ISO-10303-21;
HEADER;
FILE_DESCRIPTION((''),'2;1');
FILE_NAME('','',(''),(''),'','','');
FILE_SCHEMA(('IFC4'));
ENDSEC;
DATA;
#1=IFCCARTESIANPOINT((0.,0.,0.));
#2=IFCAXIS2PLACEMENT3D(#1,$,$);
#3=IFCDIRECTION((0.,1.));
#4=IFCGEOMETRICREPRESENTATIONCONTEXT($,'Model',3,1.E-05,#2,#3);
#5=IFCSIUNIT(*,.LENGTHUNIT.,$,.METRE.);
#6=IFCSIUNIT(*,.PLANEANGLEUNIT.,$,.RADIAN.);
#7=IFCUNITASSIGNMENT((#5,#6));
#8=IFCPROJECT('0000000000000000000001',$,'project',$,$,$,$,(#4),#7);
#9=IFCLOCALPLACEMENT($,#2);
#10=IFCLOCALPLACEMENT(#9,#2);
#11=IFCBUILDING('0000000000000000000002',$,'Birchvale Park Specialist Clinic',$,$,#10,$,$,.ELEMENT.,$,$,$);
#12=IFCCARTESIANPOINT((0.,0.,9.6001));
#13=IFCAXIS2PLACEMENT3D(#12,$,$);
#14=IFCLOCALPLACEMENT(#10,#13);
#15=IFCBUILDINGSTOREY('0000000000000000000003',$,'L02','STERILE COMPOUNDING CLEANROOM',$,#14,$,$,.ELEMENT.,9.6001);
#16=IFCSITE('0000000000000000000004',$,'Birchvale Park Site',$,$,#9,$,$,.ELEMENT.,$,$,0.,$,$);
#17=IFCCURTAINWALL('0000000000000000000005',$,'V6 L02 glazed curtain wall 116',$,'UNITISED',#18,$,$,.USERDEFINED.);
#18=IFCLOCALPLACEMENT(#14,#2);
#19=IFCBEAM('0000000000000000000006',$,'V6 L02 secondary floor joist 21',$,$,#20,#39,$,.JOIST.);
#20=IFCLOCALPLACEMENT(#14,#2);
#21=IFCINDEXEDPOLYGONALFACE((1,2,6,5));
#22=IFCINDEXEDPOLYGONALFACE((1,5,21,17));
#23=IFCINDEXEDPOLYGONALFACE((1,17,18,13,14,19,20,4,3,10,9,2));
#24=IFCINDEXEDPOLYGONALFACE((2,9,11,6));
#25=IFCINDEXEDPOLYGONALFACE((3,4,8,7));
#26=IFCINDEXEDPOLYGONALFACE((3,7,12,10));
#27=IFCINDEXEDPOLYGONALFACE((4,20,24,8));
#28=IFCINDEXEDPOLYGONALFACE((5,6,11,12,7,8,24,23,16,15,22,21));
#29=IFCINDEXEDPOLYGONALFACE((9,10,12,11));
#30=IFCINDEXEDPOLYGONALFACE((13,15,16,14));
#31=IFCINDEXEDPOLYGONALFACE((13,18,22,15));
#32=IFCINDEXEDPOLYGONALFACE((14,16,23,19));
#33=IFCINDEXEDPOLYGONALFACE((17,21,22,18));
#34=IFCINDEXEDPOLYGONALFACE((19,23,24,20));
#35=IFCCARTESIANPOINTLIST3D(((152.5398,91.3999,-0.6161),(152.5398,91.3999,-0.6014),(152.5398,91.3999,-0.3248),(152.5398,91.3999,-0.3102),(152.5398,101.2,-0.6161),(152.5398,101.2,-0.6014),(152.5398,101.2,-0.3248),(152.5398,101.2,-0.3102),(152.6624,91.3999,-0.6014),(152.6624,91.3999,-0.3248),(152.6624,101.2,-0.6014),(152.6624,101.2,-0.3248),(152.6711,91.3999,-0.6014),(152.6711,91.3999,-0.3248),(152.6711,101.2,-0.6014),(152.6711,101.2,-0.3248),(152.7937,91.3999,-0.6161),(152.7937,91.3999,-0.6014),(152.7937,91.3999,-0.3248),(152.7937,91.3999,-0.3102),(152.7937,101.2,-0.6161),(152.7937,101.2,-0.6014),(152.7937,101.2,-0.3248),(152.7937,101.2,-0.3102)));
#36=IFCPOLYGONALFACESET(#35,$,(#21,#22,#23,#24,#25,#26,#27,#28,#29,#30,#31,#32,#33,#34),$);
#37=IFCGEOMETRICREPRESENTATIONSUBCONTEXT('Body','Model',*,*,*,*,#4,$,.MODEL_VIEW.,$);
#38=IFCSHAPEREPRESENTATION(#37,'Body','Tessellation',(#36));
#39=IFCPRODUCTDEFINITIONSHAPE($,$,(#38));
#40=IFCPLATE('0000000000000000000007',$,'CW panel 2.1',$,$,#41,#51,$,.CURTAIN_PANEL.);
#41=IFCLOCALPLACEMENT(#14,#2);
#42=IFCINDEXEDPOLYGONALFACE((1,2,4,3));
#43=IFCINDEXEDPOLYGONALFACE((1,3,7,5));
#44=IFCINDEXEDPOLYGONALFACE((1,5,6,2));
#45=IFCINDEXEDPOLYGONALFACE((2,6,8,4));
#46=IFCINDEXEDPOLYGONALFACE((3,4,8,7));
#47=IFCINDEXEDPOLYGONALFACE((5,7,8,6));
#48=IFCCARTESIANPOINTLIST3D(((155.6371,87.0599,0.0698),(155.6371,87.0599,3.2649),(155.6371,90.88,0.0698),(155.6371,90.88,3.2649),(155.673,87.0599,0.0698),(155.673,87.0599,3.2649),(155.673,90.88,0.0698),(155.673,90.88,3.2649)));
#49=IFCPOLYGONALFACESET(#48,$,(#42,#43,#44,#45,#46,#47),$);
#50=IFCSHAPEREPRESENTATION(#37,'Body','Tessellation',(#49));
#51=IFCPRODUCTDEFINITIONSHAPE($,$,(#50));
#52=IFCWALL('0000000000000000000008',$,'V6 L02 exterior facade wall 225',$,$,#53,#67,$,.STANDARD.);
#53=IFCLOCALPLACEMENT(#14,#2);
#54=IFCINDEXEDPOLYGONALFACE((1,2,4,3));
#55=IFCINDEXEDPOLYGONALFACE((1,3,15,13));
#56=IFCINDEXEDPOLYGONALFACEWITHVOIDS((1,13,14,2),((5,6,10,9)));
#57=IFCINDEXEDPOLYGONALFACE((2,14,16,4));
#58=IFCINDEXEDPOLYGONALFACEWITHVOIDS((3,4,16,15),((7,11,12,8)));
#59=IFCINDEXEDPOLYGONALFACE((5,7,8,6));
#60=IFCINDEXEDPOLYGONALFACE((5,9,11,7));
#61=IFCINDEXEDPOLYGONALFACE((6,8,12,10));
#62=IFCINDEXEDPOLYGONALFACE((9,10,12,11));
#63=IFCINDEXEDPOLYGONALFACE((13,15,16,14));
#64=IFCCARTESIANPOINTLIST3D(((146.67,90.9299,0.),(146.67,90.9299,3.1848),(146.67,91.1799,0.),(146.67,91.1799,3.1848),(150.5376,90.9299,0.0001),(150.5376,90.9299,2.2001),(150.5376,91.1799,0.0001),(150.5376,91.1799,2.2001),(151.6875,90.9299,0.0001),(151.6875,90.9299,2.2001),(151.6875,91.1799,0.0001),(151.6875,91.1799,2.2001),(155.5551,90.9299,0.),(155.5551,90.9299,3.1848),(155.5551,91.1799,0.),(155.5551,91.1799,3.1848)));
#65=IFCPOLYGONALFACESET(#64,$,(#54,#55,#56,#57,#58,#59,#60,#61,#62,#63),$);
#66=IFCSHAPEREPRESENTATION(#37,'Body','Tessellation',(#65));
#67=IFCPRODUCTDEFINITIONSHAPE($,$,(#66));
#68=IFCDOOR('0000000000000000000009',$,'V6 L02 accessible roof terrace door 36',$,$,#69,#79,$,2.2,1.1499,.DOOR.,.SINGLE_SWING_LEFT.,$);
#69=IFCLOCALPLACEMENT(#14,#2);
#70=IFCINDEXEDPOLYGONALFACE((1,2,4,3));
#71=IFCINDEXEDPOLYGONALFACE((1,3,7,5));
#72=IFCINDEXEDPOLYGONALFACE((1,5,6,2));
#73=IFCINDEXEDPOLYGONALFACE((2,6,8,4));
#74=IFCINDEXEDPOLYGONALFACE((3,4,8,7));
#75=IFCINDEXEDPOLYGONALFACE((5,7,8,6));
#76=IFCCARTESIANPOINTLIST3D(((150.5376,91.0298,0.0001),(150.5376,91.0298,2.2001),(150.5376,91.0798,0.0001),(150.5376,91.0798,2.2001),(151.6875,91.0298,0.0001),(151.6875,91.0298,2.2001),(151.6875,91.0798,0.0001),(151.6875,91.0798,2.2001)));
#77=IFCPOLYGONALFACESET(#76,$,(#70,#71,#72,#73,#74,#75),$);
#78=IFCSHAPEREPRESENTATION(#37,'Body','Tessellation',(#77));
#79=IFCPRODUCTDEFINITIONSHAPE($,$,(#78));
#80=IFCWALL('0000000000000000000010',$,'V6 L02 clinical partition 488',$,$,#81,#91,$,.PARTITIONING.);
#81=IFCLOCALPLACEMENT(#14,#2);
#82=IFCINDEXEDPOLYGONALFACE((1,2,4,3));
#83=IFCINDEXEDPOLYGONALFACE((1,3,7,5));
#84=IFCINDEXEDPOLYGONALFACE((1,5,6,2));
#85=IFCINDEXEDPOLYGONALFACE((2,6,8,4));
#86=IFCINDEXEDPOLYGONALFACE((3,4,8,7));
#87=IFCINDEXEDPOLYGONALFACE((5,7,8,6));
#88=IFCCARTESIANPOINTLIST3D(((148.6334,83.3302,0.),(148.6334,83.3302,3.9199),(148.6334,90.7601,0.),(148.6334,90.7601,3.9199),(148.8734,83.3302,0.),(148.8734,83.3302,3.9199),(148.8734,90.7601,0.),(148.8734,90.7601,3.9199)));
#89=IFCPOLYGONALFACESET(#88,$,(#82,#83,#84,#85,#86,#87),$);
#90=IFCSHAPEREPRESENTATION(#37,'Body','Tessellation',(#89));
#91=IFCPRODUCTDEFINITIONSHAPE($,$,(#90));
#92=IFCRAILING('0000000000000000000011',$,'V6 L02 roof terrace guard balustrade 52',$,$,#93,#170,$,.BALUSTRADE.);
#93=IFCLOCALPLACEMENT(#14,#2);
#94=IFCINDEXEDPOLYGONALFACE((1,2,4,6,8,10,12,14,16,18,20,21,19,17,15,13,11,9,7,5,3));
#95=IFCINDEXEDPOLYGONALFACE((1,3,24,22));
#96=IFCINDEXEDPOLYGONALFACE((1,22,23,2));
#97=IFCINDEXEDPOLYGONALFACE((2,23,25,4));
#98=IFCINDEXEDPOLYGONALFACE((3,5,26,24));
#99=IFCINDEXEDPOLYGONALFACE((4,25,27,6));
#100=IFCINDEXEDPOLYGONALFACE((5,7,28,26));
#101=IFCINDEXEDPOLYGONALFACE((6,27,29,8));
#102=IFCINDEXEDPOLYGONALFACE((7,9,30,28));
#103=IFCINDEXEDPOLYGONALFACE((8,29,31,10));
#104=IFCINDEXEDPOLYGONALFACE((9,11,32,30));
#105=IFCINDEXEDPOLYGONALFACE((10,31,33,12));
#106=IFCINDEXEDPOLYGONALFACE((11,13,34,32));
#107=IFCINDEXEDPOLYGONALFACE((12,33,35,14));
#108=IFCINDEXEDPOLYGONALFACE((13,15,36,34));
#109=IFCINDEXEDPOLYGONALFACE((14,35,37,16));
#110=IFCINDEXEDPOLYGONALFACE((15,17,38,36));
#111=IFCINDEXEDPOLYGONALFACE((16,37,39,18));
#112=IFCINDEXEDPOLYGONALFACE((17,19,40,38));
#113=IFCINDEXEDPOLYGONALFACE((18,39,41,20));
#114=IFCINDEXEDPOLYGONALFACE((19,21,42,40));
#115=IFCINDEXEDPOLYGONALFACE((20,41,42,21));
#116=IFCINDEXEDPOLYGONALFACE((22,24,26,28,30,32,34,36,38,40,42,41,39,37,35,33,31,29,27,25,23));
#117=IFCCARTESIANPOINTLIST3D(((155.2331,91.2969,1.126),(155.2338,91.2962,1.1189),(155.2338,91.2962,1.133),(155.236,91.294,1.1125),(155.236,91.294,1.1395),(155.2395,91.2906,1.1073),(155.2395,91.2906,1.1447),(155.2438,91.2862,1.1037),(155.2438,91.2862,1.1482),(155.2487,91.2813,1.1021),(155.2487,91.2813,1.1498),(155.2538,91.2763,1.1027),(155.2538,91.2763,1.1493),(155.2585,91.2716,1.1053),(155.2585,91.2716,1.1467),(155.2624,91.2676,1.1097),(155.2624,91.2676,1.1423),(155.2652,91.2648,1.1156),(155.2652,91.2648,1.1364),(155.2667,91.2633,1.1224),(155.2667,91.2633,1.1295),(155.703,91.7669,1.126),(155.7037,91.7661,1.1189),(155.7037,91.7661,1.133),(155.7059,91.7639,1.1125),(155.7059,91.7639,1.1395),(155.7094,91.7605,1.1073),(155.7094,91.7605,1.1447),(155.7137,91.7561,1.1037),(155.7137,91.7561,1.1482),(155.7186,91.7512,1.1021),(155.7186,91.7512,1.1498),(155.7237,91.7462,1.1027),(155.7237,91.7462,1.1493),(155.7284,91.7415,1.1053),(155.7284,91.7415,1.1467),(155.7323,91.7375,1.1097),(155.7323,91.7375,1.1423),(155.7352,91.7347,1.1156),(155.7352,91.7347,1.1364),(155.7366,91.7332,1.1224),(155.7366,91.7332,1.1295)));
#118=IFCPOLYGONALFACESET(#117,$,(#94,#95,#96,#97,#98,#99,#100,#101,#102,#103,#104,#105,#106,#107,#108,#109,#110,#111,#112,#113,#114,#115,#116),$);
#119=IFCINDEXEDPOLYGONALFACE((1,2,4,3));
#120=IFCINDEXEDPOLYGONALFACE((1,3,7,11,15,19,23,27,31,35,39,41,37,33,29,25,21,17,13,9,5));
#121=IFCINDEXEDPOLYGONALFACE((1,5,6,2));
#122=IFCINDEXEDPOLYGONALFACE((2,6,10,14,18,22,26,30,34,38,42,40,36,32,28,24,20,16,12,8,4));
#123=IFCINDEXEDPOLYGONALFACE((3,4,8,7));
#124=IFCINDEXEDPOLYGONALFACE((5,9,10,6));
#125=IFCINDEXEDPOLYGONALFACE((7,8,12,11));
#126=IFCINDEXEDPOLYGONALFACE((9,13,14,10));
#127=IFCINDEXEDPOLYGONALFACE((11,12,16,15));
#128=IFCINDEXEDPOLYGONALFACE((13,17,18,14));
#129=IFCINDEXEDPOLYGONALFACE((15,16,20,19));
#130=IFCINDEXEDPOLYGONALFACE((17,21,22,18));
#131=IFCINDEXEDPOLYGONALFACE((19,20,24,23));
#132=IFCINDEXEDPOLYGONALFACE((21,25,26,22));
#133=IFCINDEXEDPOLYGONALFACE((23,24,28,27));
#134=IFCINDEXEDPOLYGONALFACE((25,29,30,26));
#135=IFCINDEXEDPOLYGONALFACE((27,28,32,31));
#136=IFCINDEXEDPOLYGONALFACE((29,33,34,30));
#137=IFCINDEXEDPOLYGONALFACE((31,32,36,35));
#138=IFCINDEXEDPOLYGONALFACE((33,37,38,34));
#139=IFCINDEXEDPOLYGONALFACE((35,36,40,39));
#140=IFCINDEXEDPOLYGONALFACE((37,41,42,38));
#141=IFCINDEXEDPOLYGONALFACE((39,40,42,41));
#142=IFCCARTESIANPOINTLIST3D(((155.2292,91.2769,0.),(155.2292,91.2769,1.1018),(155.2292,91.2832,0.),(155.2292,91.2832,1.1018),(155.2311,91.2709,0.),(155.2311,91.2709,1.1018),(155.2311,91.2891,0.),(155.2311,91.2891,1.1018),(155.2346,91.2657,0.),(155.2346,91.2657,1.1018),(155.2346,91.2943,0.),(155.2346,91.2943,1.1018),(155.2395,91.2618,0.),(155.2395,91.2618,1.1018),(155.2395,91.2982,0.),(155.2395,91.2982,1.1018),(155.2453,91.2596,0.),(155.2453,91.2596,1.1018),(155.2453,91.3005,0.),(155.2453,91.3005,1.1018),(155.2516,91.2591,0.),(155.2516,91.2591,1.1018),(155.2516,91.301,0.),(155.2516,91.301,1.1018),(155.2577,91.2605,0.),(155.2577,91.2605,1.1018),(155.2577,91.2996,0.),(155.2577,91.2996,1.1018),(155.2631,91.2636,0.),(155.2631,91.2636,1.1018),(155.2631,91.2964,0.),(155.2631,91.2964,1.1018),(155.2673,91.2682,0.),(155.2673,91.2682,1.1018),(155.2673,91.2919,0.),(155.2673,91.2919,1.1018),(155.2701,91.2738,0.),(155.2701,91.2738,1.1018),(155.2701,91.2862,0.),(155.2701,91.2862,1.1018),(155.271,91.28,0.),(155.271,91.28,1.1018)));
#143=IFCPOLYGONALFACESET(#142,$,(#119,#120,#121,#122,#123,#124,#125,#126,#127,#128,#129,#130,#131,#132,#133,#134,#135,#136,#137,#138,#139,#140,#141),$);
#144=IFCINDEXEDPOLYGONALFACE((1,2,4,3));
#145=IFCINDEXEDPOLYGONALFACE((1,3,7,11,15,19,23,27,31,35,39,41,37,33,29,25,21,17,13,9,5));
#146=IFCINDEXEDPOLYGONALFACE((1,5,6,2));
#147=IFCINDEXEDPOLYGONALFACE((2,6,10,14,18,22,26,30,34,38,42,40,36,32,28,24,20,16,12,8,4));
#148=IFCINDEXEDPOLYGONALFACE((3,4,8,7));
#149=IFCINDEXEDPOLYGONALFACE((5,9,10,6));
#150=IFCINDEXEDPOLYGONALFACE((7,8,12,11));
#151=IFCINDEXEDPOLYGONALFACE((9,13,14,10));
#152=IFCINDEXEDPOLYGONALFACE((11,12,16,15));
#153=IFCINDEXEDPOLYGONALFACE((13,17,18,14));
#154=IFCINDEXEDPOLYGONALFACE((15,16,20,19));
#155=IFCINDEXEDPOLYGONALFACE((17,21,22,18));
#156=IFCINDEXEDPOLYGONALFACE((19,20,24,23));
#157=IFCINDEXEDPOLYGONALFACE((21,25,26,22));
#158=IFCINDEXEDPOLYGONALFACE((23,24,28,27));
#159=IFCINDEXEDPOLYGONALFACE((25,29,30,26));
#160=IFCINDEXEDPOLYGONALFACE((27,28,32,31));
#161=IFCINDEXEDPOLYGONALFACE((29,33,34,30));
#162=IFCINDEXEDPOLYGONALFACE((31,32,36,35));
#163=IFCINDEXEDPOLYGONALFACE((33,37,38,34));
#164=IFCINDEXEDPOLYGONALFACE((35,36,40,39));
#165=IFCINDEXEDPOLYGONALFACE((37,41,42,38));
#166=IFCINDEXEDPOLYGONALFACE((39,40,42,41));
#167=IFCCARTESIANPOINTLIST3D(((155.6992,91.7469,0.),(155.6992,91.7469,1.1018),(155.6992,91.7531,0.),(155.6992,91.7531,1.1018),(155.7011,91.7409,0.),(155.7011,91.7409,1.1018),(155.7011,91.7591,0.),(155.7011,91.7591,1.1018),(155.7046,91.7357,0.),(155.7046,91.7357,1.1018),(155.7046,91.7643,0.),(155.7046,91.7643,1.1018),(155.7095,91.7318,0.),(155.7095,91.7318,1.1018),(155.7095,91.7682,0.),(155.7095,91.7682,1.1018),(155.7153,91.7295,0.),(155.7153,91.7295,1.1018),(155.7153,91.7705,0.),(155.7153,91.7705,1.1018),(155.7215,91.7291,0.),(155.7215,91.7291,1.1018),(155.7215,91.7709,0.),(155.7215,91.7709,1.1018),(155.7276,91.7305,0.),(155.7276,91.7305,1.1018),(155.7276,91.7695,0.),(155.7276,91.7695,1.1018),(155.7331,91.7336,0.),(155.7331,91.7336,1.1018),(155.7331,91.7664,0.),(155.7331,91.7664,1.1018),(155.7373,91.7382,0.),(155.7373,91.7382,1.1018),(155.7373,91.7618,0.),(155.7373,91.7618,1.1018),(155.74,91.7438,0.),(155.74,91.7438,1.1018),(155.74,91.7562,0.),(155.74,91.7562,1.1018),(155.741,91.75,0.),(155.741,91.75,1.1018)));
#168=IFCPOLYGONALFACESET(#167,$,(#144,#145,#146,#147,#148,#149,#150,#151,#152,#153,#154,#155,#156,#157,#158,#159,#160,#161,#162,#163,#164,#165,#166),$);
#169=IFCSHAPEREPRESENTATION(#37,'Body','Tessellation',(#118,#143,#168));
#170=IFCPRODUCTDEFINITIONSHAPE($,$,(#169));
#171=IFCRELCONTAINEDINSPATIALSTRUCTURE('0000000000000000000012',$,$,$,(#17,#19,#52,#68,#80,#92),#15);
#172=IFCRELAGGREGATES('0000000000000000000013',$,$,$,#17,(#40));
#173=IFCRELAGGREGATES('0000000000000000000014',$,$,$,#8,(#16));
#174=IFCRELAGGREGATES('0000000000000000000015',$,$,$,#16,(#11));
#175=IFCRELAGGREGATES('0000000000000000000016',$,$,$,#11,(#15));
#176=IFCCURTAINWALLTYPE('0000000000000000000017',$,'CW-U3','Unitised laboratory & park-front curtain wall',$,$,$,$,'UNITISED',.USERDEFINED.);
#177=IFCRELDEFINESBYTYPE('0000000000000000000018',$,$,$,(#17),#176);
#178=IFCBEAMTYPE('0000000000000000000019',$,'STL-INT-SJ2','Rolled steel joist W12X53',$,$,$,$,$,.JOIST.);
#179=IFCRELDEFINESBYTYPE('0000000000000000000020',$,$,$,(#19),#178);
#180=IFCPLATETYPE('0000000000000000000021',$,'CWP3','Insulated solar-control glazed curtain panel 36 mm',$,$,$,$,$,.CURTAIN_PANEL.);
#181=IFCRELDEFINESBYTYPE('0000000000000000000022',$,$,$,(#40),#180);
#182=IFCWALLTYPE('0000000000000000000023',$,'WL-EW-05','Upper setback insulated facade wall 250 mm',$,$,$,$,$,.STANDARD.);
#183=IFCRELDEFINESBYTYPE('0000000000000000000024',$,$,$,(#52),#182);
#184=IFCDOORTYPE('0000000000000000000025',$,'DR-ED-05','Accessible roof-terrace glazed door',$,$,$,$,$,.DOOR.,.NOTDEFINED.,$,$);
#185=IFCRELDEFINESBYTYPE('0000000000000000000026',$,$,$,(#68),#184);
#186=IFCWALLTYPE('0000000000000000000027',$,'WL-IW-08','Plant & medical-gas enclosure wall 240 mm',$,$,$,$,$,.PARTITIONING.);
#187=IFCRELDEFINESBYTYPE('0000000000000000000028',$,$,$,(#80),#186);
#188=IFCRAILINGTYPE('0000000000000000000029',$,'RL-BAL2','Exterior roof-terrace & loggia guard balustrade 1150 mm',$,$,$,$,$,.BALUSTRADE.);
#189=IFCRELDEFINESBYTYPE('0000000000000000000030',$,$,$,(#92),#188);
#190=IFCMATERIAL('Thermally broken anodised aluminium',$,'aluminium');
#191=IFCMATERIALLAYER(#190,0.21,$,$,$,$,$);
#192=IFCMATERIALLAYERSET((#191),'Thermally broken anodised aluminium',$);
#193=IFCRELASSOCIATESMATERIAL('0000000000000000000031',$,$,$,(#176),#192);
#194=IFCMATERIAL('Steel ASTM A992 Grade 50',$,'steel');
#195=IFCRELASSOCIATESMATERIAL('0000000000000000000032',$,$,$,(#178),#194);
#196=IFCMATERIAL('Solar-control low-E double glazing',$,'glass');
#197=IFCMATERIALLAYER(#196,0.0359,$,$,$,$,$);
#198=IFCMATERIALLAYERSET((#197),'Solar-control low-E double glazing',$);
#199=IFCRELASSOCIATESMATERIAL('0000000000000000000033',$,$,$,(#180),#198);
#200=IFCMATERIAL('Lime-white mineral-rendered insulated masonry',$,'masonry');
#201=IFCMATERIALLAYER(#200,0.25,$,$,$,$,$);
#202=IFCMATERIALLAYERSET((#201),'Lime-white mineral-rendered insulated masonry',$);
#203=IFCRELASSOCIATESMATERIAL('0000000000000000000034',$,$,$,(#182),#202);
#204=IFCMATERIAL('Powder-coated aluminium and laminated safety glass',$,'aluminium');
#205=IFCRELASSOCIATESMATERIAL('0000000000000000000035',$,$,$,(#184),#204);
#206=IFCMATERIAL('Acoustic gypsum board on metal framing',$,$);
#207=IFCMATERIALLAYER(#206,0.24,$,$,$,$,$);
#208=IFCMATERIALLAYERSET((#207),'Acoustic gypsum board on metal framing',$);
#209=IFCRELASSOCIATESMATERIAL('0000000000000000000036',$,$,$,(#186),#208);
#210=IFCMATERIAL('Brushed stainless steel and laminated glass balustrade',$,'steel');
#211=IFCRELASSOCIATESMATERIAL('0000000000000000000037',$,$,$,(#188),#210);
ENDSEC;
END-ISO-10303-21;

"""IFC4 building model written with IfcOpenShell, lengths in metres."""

from ifc_helpers import new_model, si_unit, direction, frame, frame_2d, origin, origin_2d, place, context, subcontext, project, spatial, rectangle, circle, i_section, extrude, material, layer, layer_set, material_profile, profile_set, type_object, element, fill, aggregate, save


model = new_model("IFC4")

# Units and contexts
model_context = context("Model", 3, precision=1e-05, world=origin(), true_north=direction((0.0, 1.0)))
body_context = subcontext(model_context, "Body", "Model", "MODEL_VIEW")
ifc_project = project(units=[si_unit("LENGTHUNIT", "METRE"), si_unit("PLANEANGLEUNIT", "RADIAN")], contexts=[model_context])

# Site, building, storey
site_placement = place(None, origin())
site = spatial("IfcSite", under=ifc_project, at=site_placement, Name="Birchvale Park Site", CompositionType="ELEMENT", RefElevation=0.0)
building_placement = place(site_placement, origin())
building = spatial("IfcBuilding", under=site, at=building_placement, Name="Birchvale Park Specialist Clinic", CompositionType="ELEMENT")
storey_placement = place(building_placement, frame((0.0, 0.0, 9.6001)))
storey = spatial("IfcBuildingStorey", under=building, at=storey_placement, Name="L02", Description="STERILE COMPOUNDING CLEANROOM", CompositionType="ELEMENT", Elevation=9.6001)

# Curtain wall
ifc_material_1 = material(Name="Thermally broken anodised aluminium", Category="aluminium")
ifc_layer_1 = layer(ifc_material_1, 0.21)
ifc_layer_set_1 = layer_set([ifc_layer_1], Name="Thermally broken anodised aluminium")
curtain_wall_type = type_object("IfcCurtainWallType", Name="CW-U3", Description="Unitised laboratory & park-front curtain wall", ElementType="UNITISED", PredefinedType="USERDEFINED", material=ifc_layer_set_1)
curtain_wall_placement = place(storey_placement, origin())
curtain_wall = element("IfcCurtainWall", 1, at=curtain_wall_placement, inside=storey, type_object=curtain_wall_type, Name="V6 L02 glazed curtain wall 116", ObjectType="UNITISED", PredefinedType="USERDEFINED")

# Beam
ifc_material_2 = material(Name="Steel ASTM A992 Grade 50", Category="steel")
ifc_material_profile_1 = material_profile(ifc_material_2, i_section(OverallWidth=0.2539, OverallDepth=0.3059, WebThickness=0.0088, FlangeThickness=0.0146, at=origin_2d()), Name="W12X53")
ifc_profile_set_1 = profile_set([ifc_material_profile_1], Name="Steel ASTM A992 Grade 50")
beam_type_1 = type_object("IfcBeamType", Name="STL-INT-SJ2", Description="Rolled steel joist W12X53", PredefinedType="JOIST", material=ifc_profile_set_1)
beam_1_placement = place(storey_placement, frame((152.6667, 91.3999, -0.4631), z_axis=(0.0, 1.0, 0.0), x_axis=(-1.0, 0.0, 0.0)))
element("IfcBeam", 2, at=beam_1_placement, inside=storey, type_object=beam_type_1, Name="V6 L02 secondary floor joist 21", PredefinedType="JOIST", context=body_context, shape_type="SweptSolid", body=[
    extrude(i_section(OverallWidth=0.2539, OverallDepth=0.3059, WebThickness=0.0088, FlangeThickness=0.0146, at=origin_2d()), origin(), (0.0, 0.0, 1.0), 9.8),
])

# Plate
ifc_material_3 = material(Name="Solar-control low-E double glazing", Category="glass")
ifc_layer_2 = layer(ifc_material_3, 0.0359)
ifc_layer_set_2 = layer_set([ifc_layer_2], Name="Solar-control low-E double glazing")
plate_type = type_object("IfcPlateType", Name="CWP3", Description="Insulated solar-control glazed curtain panel 36 mm", PredefinedType="CURTAIN_PANEL", material=ifc_layer_set_2)
plate_placement = place(storey_placement, frame((155.655, 88.97, 0.0698), z_axis=(0.0, 0.0, 1.0), x_axis=(0.0, 1.0, 0.0)))
plate = element("IfcPlate", 3, at=plate_placement, type_object=plate_type, Name="CW panel 2.1", PredefinedType="CURTAIN_PANEL", context=body_context, shape_type="SweptSolid", body=[
    extrude(rectangle(XDim=3.8201, YDim=0.0359, at=origin_2d()), origin(), (0.0, 0.0, 1.0), 3.1951),
])
aggregate(curtain_wall, [plate])

# Wall, opening, door
ifc_material_4 = material(Name="Lime-white mineral-rendered insulated masonry", Category="masonry")
ifc_layer_3 = layer(ifc_material_4, 0.25)
ifc_layer_set_3 = layer_set([ifc_layer_3], Name="Lime-white mineral-rendered insulated masonry")
wall_type_1 = type_object("IfcWallType", Name="WL-EW-05", Description="Upper setback insulated facade wall 250 mm", PredefinedType="STANDARD", material=ifc_layer_set_3)
wall_1_placement = place(storey_placement, frame((155.5549, 91.0549, 0.0), z_axis=(0.0, 0.0, 1.0), x_axis=(-1.0, 0.0, 0.0)))
wall_1 = element("IfcWall", 4, at=wall_1_placement, inside=storey, type_object=wall_type_1, Name="V6 L02 exterior facade wall 225", PredefinedType="STANDARD", context=body_context, shape_type="SweptSolid", body=[
    extrude(rectangle(XDim=8.885, YDim=0.25, at=frame_2d((4.4424, 0.0))), origin(), (0.0, 0.0, 1.0), 3.1848),
])
opening_placement = place(wall_1_placement, frame((3.8674, 0.0, 0.0)))
opening = element("IfcOpeningElement", 5, at=opening_placement, cuts=wall_1, PredefinedType="OPENING", context=body_context, shape_type="SweptSolid", body=[
    extrude(rectangle(XDim=1.1499, YDim=2.2, at=frame_2d((0.575, 1.1001))), frame((0.0, 0.135, 0.0), z_axis=(0.0, -1.0, 0.0), x_axis=(1.0, 0.0, 0.0)), (0.0, 0.0, 1.0), 0.27),
])
ifc_material_5 = material(Name="Powder-coated aluminium and laminated safety glass", Category="aluminium")
door_type = type_object("IfcDoorType", Name="DR-ED-05", Description="Accessible roof-terrace glazed door", OperationType="NOTDEFINED", PredefinedType="DOOR", material=ifc_material_5)
door_placement = place(opening_placement, frame((1.1499, 0.0, 0.0), z_axis=(0.0, 0.0, 1.0), x_axis=(-1.0, 0.0, 0.0)))
door = element("IfcDoor", 6, at=door_placement, inside=storey, type_object=door_type, Name="V6 L02 accessible roof terrace door 36", OperationType="SINGLE_SWING_LEFT", OverallHeight=2.2, OverallWidth=1.1499, PredefinedType="DOOR", context=body_context, shape_type="SweptSolid", body=[
    extrude(rectangle(XDim=1.1499, YDim=2.2, at=frame_2d((0.575, 1.1001))), frame((0.0, 0.0249, 0.0), z_axis=(0.0, -1.0, 0.0), x_axis=(1.0, 0.0, 0.0)), (0.0, 0.0, 1.0), 0.05),
])
fill(opening, door)

# Wall
ifc_material_6 = material(Name="Acoustic gypsum board on metal framing")
ifc_layer_4 = layer(ifc_material_6, 0.24)
ifc_layer_set_4 = layer_set([ifc_layer_4], Name="Acoustic gypsum board on metal framing")
wall_type_2 = type_object("IfcWallType", Name="WL-IW-08", Description="Plant & medical-gas enclosure wall 240 mm", PredefinedType="PARTITIONING", material=ifc_layer_set_4)
wall_2_placement = place(storey_placement, frame((148.7534, 90.76, 0.0), z_axis=(0.0, 0.0, 1.0), x_axis=(0.0, -1.0, 0.0)))
element("IfcWall", 7, at=wall_2_placement, inside=storey, type_object=wall_type_2, Name="V6 L02 clinical partition 488", PredefinedType="PARTITIONING", context=body_context, shape_type="SweptSolid", body=[
    extrude(rectangle(XDim=7.4299, YDim=0.24, at=frame_2d((3.7148, 0.0))), origin(), (0.0, 0.0, 1.0), 3.9199),
])

# Railing
ifc_material_7 = material(Name="Brushed stainless steel and laminated glass balustrade", Category="steel")
railing_type = type_object("IfcRailingType", Name="RL-BAL2", Description="Exterior roof-terrace & loggia guard balustrade 1150 mm", PredefinedType="BALUSTRADE", material=ifc_material_7)
railing_1_placement = place(storey_placement, frame((155.25, 91.28, 0.0)))
element("IfcRailing", 8, at=railing_1_placement, inside=storey, type_object=railing_type, Name="V6 L02 roof terrace guard balustrade 52", PredefinedType="BALUSTRADE", context=body_context, shape_type="SweptSolid", body=[
    extrude(circle(Radius=0.0239, at=origin_2d()), frame((0.0, 0.0, 1.126), z_axis=(0.707107, 0.707107, 0.0), x_axis=(-0.707107, 0.707107, 0.0)), (0.0, 0.0, 1.0), 0.6646),
    extrude(circle(Radius=0.021, at=origin_2d()), origin(), (0.0, 0.0, 1.0), 1.1018),
    extrude(circle(Radius=0.021, at=origin_2d()), frame((0.47, 0.47, 0.0)), (0.0, 0.0, 1.0), 1.1018),
])

save(model, "model.ifc")
